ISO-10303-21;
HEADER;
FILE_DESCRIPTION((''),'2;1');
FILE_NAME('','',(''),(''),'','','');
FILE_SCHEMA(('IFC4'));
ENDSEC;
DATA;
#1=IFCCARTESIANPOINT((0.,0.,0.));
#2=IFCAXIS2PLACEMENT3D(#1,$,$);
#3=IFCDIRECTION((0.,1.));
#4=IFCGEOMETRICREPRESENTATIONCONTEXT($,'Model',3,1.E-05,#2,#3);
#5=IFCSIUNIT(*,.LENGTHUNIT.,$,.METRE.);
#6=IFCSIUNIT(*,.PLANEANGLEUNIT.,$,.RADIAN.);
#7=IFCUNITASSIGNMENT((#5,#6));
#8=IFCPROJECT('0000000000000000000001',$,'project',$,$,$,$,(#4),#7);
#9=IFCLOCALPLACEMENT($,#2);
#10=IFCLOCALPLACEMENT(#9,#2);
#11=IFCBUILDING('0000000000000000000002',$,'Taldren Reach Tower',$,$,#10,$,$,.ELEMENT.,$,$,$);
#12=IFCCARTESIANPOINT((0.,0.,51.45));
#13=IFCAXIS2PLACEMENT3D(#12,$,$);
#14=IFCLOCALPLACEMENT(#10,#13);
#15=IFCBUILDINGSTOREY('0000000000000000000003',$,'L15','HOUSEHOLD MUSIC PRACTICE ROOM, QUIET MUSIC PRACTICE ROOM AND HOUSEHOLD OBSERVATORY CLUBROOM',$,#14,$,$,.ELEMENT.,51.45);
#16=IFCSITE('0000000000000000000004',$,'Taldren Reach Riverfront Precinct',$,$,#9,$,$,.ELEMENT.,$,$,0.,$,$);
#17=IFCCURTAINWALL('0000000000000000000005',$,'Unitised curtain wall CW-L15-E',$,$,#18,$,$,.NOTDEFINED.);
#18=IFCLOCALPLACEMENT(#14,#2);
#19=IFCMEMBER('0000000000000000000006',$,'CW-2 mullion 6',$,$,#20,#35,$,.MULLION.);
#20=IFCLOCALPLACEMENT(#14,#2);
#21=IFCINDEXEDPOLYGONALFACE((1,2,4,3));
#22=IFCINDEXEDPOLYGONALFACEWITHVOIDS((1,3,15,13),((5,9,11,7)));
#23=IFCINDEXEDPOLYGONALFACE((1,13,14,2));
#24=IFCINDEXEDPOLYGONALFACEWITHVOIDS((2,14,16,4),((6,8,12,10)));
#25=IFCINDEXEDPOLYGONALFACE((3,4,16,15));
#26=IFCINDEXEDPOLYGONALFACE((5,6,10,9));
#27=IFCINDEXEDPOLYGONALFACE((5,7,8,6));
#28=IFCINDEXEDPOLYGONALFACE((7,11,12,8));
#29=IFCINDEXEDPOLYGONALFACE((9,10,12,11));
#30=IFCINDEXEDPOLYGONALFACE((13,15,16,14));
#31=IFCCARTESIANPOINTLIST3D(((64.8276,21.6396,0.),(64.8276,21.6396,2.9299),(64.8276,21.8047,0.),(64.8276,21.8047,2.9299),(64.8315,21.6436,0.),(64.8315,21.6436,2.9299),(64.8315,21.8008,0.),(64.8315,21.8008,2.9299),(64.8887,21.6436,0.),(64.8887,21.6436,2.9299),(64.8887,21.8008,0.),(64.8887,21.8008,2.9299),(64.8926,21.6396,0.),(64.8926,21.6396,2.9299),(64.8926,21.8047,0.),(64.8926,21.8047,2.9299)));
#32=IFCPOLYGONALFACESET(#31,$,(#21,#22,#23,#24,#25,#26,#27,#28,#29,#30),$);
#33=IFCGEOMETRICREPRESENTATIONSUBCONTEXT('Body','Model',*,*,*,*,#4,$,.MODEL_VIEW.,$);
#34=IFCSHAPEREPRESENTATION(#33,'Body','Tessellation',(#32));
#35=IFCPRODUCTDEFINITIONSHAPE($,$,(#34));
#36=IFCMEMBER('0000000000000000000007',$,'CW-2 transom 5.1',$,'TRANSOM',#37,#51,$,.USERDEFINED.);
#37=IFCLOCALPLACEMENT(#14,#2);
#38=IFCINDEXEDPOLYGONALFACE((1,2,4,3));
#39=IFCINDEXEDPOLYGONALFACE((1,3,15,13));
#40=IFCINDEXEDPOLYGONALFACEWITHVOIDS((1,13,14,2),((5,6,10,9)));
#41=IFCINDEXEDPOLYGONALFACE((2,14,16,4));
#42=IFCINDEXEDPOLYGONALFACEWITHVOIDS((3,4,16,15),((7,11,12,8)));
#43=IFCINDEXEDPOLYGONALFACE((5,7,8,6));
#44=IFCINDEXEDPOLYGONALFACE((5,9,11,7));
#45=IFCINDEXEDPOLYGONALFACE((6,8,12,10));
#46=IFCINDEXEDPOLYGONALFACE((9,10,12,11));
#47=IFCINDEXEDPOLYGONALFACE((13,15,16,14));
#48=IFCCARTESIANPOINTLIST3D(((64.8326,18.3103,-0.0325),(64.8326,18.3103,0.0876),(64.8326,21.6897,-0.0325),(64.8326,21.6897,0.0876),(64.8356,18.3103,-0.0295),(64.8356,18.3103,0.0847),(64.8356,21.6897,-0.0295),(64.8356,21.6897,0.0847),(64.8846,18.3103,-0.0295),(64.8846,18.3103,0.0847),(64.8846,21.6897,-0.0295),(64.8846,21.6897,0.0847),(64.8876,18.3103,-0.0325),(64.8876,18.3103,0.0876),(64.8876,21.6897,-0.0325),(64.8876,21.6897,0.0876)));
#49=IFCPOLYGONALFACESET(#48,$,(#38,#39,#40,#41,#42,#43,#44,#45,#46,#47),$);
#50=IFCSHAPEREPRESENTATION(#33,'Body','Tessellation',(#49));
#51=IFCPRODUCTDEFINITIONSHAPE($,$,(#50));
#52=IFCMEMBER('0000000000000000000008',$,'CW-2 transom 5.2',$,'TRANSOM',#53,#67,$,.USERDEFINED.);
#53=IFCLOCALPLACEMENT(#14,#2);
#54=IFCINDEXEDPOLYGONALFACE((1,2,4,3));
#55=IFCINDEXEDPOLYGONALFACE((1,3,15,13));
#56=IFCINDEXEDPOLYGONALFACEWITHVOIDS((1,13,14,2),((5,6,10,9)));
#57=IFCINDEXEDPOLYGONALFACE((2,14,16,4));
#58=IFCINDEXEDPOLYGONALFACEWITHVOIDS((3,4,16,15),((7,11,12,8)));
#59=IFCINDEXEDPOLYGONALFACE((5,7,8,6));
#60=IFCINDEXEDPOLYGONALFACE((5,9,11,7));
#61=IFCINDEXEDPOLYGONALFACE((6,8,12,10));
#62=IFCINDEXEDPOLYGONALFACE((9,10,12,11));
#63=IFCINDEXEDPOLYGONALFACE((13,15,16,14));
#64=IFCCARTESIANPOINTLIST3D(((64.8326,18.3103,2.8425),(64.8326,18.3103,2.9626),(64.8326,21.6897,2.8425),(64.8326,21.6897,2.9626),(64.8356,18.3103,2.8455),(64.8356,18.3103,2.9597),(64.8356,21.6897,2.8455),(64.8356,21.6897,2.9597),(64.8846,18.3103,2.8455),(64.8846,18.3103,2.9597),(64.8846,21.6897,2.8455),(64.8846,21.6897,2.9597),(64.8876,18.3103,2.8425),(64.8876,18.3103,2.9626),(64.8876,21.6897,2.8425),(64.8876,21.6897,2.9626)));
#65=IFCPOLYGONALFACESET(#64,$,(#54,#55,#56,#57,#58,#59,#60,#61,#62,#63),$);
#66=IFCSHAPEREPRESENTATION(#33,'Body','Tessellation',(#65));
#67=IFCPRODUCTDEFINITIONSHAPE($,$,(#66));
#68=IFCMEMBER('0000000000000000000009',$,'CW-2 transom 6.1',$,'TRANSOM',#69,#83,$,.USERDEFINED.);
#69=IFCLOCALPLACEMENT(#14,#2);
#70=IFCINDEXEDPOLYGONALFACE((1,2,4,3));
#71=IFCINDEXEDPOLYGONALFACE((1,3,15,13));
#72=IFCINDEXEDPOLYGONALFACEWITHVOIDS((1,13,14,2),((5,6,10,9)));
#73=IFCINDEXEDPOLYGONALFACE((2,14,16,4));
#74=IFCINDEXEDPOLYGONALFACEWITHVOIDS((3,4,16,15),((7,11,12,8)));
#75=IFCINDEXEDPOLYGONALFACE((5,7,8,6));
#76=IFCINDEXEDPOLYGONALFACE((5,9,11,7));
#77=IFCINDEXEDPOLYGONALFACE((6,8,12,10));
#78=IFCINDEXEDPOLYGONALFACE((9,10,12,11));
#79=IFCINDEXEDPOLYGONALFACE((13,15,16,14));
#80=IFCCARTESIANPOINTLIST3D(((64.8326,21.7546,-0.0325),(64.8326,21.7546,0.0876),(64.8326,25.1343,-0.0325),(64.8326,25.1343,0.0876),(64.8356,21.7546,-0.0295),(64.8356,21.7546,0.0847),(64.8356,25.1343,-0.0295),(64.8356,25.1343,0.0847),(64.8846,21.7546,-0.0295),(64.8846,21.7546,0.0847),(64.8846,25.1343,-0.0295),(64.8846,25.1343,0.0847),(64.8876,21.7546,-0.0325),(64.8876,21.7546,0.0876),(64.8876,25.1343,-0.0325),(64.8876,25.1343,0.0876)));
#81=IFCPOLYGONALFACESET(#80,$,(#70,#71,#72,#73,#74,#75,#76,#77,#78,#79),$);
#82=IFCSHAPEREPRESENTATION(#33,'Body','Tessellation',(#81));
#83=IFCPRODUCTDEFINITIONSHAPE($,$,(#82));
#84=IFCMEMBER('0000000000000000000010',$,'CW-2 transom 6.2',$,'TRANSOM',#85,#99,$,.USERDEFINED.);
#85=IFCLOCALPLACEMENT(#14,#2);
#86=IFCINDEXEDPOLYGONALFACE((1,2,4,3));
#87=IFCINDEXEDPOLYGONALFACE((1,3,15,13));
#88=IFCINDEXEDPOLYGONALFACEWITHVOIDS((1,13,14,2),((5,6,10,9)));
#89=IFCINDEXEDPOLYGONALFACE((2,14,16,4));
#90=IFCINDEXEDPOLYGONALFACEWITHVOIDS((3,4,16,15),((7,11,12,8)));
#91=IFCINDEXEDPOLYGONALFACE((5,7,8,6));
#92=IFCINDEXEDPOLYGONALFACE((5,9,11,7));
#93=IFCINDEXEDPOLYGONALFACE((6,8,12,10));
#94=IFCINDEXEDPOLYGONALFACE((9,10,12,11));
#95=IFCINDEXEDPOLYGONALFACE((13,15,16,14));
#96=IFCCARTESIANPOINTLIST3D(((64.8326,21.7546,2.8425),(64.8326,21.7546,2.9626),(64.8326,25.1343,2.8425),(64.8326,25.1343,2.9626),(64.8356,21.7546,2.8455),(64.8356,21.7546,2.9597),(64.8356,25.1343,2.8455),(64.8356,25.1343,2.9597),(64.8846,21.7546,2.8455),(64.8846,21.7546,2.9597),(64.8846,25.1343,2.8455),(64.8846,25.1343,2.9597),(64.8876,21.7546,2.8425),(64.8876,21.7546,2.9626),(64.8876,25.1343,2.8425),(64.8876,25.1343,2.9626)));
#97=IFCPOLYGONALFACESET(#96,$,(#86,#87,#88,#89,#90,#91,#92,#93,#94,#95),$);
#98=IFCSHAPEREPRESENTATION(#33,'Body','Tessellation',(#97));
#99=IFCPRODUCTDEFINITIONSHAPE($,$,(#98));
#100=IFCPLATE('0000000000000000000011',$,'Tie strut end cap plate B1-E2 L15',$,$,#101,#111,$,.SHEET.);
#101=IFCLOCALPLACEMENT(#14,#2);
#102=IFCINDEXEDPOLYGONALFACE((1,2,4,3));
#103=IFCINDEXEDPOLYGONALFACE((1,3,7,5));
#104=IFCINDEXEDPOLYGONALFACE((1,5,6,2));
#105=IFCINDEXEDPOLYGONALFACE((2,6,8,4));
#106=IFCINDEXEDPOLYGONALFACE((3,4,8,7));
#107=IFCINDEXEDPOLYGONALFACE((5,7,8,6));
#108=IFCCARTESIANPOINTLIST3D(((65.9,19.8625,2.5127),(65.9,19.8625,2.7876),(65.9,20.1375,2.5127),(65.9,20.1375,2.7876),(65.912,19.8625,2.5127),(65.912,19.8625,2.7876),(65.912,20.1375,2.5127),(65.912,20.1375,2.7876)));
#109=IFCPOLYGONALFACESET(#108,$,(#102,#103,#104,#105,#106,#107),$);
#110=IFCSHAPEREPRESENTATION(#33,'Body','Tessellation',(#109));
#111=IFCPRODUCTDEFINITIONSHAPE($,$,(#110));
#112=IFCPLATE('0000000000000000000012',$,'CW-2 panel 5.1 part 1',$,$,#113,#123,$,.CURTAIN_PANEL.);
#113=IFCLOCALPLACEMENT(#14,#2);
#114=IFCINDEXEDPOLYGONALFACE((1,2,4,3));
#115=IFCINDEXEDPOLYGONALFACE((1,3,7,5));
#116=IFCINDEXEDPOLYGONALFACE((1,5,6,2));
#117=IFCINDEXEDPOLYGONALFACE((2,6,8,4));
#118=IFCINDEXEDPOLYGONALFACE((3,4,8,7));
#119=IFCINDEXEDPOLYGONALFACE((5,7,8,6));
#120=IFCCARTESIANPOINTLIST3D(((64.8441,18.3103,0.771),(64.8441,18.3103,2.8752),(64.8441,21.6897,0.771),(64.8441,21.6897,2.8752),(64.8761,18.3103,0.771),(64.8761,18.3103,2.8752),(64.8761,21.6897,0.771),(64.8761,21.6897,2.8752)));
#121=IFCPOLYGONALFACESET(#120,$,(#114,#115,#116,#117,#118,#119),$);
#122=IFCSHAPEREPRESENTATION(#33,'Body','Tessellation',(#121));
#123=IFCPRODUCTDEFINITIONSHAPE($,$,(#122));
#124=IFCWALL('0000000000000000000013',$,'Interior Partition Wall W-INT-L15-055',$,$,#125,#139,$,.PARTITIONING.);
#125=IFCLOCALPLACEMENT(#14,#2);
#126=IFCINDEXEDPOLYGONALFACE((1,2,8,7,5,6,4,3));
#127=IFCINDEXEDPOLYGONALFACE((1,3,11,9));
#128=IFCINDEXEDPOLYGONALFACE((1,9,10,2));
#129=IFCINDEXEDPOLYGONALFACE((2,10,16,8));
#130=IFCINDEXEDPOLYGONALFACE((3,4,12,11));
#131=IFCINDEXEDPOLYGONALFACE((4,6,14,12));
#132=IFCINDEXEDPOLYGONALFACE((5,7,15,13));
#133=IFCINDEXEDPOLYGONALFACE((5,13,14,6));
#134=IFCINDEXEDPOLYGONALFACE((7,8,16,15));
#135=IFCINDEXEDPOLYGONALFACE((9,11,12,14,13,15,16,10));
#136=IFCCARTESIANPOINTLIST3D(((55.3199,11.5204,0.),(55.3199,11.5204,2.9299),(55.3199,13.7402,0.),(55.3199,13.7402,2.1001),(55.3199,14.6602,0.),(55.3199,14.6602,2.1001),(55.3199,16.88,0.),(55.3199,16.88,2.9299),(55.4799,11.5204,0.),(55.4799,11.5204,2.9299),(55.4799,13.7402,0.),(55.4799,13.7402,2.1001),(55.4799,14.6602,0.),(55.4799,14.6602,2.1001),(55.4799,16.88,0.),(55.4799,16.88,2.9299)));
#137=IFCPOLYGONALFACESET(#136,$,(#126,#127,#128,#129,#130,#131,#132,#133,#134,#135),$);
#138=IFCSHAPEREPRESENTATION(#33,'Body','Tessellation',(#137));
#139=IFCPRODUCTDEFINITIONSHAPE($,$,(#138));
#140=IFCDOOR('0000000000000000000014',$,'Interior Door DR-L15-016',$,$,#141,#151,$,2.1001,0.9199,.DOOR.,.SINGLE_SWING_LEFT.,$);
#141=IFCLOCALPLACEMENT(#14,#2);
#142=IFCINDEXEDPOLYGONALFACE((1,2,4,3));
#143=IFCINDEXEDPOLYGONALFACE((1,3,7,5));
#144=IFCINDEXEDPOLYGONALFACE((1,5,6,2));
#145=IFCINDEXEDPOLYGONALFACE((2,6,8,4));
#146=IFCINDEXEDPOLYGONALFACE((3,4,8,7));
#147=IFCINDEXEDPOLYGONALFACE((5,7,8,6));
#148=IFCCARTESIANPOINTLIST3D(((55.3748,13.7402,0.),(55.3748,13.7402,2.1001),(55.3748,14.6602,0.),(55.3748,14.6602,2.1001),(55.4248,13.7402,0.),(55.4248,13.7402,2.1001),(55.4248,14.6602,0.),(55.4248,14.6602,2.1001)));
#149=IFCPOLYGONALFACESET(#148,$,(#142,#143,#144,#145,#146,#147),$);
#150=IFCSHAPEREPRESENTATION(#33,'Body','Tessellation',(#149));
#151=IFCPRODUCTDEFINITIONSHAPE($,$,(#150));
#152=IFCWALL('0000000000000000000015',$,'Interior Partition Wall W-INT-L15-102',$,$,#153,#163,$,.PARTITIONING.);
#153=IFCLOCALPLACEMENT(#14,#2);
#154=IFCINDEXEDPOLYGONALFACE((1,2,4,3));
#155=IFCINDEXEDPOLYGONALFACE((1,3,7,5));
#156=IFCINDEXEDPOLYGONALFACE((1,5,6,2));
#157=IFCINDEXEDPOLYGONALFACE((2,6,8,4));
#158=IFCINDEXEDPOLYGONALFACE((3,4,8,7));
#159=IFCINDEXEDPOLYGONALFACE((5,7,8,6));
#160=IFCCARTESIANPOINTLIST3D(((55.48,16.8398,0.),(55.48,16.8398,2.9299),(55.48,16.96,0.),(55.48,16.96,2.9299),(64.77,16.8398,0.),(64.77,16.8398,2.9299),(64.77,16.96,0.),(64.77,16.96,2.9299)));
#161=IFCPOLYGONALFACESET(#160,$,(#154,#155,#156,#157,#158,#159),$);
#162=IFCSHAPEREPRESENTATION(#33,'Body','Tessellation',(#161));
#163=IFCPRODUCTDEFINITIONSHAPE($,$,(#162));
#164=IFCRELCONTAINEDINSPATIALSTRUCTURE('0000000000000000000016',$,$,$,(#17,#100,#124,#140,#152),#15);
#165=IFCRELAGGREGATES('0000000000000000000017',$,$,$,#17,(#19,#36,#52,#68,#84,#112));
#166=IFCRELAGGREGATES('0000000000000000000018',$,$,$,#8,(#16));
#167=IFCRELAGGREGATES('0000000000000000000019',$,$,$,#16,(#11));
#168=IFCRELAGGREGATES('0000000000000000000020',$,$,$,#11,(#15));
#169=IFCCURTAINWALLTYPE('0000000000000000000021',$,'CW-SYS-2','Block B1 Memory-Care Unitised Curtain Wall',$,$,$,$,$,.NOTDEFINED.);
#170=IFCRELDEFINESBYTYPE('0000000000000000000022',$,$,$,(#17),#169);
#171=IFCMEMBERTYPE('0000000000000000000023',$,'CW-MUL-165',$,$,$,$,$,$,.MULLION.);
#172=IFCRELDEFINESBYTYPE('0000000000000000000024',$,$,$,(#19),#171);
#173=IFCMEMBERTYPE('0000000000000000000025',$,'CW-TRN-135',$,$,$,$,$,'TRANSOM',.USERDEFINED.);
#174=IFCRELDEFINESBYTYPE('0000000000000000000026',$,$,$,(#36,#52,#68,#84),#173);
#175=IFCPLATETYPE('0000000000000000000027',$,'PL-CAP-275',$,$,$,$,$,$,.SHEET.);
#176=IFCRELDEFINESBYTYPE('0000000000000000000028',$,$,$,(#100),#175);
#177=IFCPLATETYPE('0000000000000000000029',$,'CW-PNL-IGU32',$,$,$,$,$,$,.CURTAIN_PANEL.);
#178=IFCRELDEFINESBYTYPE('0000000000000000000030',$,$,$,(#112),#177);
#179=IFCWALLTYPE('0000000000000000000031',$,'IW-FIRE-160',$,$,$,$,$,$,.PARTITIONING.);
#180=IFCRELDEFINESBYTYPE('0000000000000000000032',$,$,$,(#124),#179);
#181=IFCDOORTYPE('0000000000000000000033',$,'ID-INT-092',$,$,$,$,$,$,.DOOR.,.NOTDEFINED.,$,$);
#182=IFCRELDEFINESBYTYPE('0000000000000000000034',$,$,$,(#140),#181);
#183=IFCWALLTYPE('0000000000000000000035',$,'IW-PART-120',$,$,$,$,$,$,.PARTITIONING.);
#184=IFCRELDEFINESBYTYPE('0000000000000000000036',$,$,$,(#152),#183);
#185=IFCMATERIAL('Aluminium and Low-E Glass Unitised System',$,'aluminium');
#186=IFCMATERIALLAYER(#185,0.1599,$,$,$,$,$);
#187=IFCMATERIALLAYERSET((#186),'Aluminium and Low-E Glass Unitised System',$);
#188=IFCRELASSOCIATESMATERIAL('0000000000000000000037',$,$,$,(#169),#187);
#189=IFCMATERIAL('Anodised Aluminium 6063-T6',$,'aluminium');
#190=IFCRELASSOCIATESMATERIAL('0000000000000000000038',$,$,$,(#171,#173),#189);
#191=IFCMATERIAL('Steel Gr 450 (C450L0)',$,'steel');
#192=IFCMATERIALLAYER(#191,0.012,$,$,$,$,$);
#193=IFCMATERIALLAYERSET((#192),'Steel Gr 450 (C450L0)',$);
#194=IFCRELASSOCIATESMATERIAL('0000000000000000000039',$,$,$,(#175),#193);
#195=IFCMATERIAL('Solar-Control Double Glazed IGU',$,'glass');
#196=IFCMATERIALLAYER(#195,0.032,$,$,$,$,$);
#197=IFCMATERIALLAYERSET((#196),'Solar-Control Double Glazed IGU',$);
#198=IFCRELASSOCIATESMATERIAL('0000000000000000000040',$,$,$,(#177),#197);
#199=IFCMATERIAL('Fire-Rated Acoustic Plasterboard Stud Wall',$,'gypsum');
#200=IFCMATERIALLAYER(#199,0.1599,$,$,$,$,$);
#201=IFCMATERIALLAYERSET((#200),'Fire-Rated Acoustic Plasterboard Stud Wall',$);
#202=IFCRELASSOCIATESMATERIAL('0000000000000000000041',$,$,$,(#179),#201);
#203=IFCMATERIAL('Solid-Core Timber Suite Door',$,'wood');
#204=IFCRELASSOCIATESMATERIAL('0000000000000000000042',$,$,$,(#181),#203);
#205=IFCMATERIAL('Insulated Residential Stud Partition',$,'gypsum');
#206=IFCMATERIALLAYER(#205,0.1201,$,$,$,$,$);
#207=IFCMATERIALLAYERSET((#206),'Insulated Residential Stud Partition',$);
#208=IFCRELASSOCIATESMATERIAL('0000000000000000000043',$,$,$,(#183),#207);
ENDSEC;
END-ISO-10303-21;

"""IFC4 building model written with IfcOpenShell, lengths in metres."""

from ifc_helpers import new_model, si_unit, direction, frame, frame_2d, origin, origin_2d, place, context, subcontext, project, spatial, rectangle, hollow_rectangle, extrude, source, transform, mapped, material, layer, layer_set, material_profile, profile_set, type_object, element, fill, aggregate, save


model = new_model("IFC4")

# Units and contexts
model_context = context("Model", 3, precision=1e-05, world=origin(), true_north=direction((0.0, 1.0)))
body_context = subcontext(model_context, "Body", "Model", "MODEL_VIEW")
ifc_project = project(units=[si_unit("LENGTHUNIT", "METRE"), si_unit("PLANEANGLEUNIT", "RADIAN")], contexts=[model_context])

# Site, building, storey
site_placement = place(None, origin())
site = spatial("IfcSite", under=ifc_project, at=site_placement, Name="Taldren Reach Riverfront Precinct", CompositionType="ELEMENT", RefElevation=0.0)
building_placement = place(site_placement, origin())
building = spatial("IfcBuilding", under=site, at=building_placement, Name="Taldren Reach Tower", CompositionType="ELEMENT")
storey_placement = place(building_placement, frame((0.0, 0.0, 51.45)))
storey = spatial("IfcBuildingStorey", under=building, at=storey_placement, Name="L15", Description="HOUSEHOLD MUSIC PRACTICE ROOM, QUIET MUSIC PRACTICE ROOM AND HOUSEHOLD OBSERVATORY CLUBROOM", CompositionType="ELEMENT", Elevation=51.45)

# Shared definitions
ifc_material_1 = material(Name="Steel Gr 450 (C450L0)", Category="steel")

# Curtain wall, members
ifc_material_2 = material(Name="Aluminium and Low-E Glass Unitised System", Category="aluminium")
ifc_layer_1 = layer(ifc_material_2, 0.1599)
ifc_layer_set_1 = layer_set([ifc_layer_1], Name="Aluminium and Low-E Glass Unitised System")
curtain_wall_type = type_object("IfcCurtainWallType", Name="CW-SYS-2", Description="Block B1 Memory-Care Unitised Curtain Wall", PredefinedType="NOTDEFINED", material=ifc_layer_set_1)
curtain_wall_placement = place(storey_placement, origin())
curtain_wall = element("IfcCurtainWall", 1, at=curtain_wall_placement, inside=storey, type_object=curtain_wall_type, Name="Unitised curtain wall CW-L15-E", PredefinedType="NOTDEFINED")
ifc_material_3 = material(Name="Anodised Aluminium 6063-T6", Category="aluminium")
ifc_material_profile_1 = material_profile(ifc_material_3, hollow_rectangle(XDim=0.0649, YDim=0.165, WallThickness=0.0039, at=origin_2d()), Name="ALU-165x65x4RHS")
ifc_profile_set_1 = profile_set([ifc_material_profile_1], Name="Anodised Aluminium 6063-T6")
member_type_1 = type_object("IfcMemberType", Name="CW-MUL-165", PredefinedType="MULLION", material=ifc_profile_set_1)
shared_shape_1 = source(origin(), body_context, "Body", "SweptSolid", [
    extrude(hollow_rectangle(XDim=0.0649, YDim=0.165, WallThickness=0.0039, at=origin_2d()), origin(), (0.0, 0.0, 1.0), 2.9299),
])
member_1_placement = place(storey_placement, frame((64.8601, 21.7222, 0.0), z_axis=(0.0, 0.0, 1.0), x_axis=(-1.0, 0.0, 0.0)))
member_1 = element("IfcMember", 2, at=member_1_placement, type_object=member_type_1, Name="CW-2 mullion 6", PredefinedType="MULLION", context=body_context, shape_type="MappedRepresentation", body=[
    mapped(shared_shape_1, transform((0.0, 0.0, 0.0), scale=1.0)),
])
ifc_material_profile_2 = material_profile(ifc_material_3, hollow_rectangle(XDim=0.0549, YDim=0.1201, WallThickness=0.0029, at=origin_2d()), Name="ALU-120x55x3RHS")
ifc_profile_set_2 = profile_set([ifc_material_profile_2], Name="Anodised Aluminium 6063-T6")
member_type_2 = type_object("IfcMemberType", Name="CW-TRN-135", ElementType="TRANSOM", PredefinedType="USERDEFINED", material=ifc_profile_set_2)
shared_shape_2 = source(origin(), body_context, "Body", "SweptSolid", [
    extrude(hollow_rectangle(XDim=0.0549, YDim=0.1201, WallThickness=0.0029, at=origin_2d()), origin(), (0.0, 0.0, 1.0), 3.3794),
])
member_2_placement = place(storey_placement, frame((64.8601, 18.3103, 0.0276), z_axis=(0.0, 1.0, 0.0), x_axis=(-1.0, 0.0, 0.0)))
member_2 = element("IfcMember", 3, at=member_2_placement, type_object=member_type_2, Name="CW-2 transom 5.1", ObjectType="TRANSOM", PredefinedType="USERDEFINED", context=body_context, shape_type="MappedRepresentation", body=[
    mapped(shared_shape_2, transform((0.0, 0.0, 0.0), scale=1.0)),
])
member_3_placement = place(storey_placement, frame((64.8601, 18.3103, 2.9026), z_axis=(0.0, 1.0, 0.0), x_axis=(-1.0, 0.0, 0.0)))
member_3 = element("IfcMember", 4, at=member_3_placement, type_object=member_type_2, Name="CW-2 transom 5.2", ObjectType="TRANSOM", PredefinedType="USERDEFINED", context=body_context, shape_type="MappedRepresentation", body=[
    mapped(shared_shape_2, transform((0.0, 0.0, 0.0), scale=1.0)),
])
shared_shape_3 = source(origin(), body_context, "Body", "SweptSolid", [
    extrude(hollow_rectangle(XDim=0.0549, YDim=0.1201, WallThickness=0.0029, at=origin_2d()), origin(), (0.0, 0.0, 1.0), 3.3796),
])
member_4_placement = place(storey_placement, frame((64.8601, 21.7546, 0.0276), z_axis=(0.0, 1.0, 0.0), x_axis=(-1.0, 0.0, 0.0)))
member_4 = element("IfcMember", 5, at=member_4_placement, type_object=member_type_2, Name="CW-2 transom 6.1", ObjectType="TRANSOM", PredefinedType="USERDEFINED", context=body_context, shape_type="MappedRepresentation", body=[
    mapped(shared_shape_3, transform((0.0, 0.0, 0.0), scale=1.0)),
])
member_5_placement = place(storey_placement, frame((64.8601, 21.7546, 2.9026), z_axis=(0.0, 1.0, 0.0), x_axis=(-1.0, 0.0, 0.0)))
member_5 = element("IfcMember", 6, at=member_5_placement, type_object=member_type_2, Name="CW-2 transom 6.2", ObjectType="TRANSOM", PredefinedType="USERDEFINED", context=body_context, shape_type="MappedRepresentation", body=[
    mapped(shared_shape_3, transform((0.0, 0.0, 0.0), scale=1.0)),
])

# Plates
ifc_layer_2 = layer(ifc_material_1, 0.012)
ifc_layer_set_2 = layer_set([ifc_layer_2], Name="Steel Gr 450 (C450L0)")
plate_type_1 = type_object("IfcPlateType", Name="PL-CAP-275", PredefinedType="SHEET", material=ifc_layer_set_2)
shared_shape_4 = source(origin(), body_context, "Body", "SweptSolid", [
    extrude(rectangle(XDim=0.012, YDim=0.2749, at=origin_2d()), origin(), (0.0, 0.0, 1.0), 0.2749),
])
plate_1_placement = place(storey_placement, frame((65.906, 20.0, 2.5127), z_axis=(0.0, 0.0, 1.0), x_axis=(1.0, 0.0, 0.0)))
element("IfcPlate", 7, at=plate_1_placement, inside=storey, type_object=plate_type_1, Name="Tie strut end cap plate B1-E2 L15", PredefinedType="SHEET", context=body_context, shape_type="MappedRepresentation", body=[
    mapped(shared_shape_4, transform((0.0, 0.0, 0.0), scale=1.0)),
])
ifc_material_4 = material(Name="Solar-Control Double Glazed IGU", Category="glass")
ifc_layer_3 = layer(ifc_material_4, 0.032)
ifc_layer_set_3 = layer_set([ifc_layer_3], Name="Solar-Control Double Glazed IGU")
plate_type_2 = type_object("IfcPlateType", Name="CW-PNL-IGU32", PredefinedType="CURTAIN_PANEL", material=ifc_layer_set_3)
shared_shape_5 = source(origin(), body_context, "Body", "SweptSolid", [
    extrude(rectangle(XDim=3.3794, YDim=0.032, at=origin_2d()), origin(), (0.0, 0.0, 1.0), 2.1042),
])
plate_2_placement = place(storey_placement, frame((64.8601, 20.0, 0.771), z_axis=(0.0, 0.0, 1.0), x_axis=(0.0, 1.0, 0.0)))
plate_2 = element("IfcPlate", 8, at=plate_2_placement, type_object=plate_type_2, Name="CW-2 panel 5.1 part 1", PredefinedType="CURTAIN_PANEL", context=body_context, shape_type="MappedRepresentation", body=[
    mapped(shared_shape_5, transform((0.0, 0.0, 0.0), scale=1.0)),
])
aggregate(curtain_wall, [member_1, member_2, member_3, member_4, member_5, plate_2])

# Wall, opening, door
ifc_material_5 = material(Name="Fire-Rated Acoustic Plasterboard Stud Wall", Category="gypsum")
ifc_layer_4 = layer(ifc_material_5, 0.1599)
ifc_layer_set_4 = layer_set([ifc_layer_4], Name="Fire-Rated Acoustic Plasterboard Stud Wall")
wall_type_1 = type_object("IfcWallType", Name="IW-FIRE-160", PredefinedType="PARTITIONING", material=ifc_layer_set_4)
shared_shape_6 = source(origin(), body_context, "Body", "SweptSolid", [
    extrude(rectangle(XDim=5.3596, YDim=0.1599, at=frame_2d((2.6797, 0.0))), origin(), (0.0, 0.0, 1.0), 2.9299),
])
wall_1_placement = place(storey_placement, frame((55.3999, 16.8799, 0.0), z_axis=(0.0, 0.0, 1.0), x_axis=(0.0, -1.0, 0.0)))
wall_1 = element("IfcWall", 9, at=wall_1_placement, inside=storey, type_object=wall_type_1, Name="Interior Partition Wall W-INT-L15-055", PredefinedType="PARTITIONING", context=body_context, shape_type="MappedRepresentation", body=[
    mapped(shared_shape_6, transform((0.0, 0.0, 0.0), scale=1.0)),
])
shared_shape_7 = source(origin(), body_context, "Body", "SweptSolid", [
    extrude(rectangle(XDim=0.9199, YDim=2.1001, at=frame_2d((0.46, 1.05))), frame((0.0, 0.0898, 0.0), z_axis=(0.0, -1.0, 0.0), x_axis=(1.0, 0.0, 0.0)), (0.0, 0.0, 1.0), 0.1799),
])
opening_placement = place(wall_1_placement, frame((2.2197, 0.0, 0.0)))
opening = element("IfcOpeningElement", 10, at=opening_placement, cuts=wall_1, PredefinedType="OPENING", context=body_context, shape_type="MappedRepresentation", body=[
    mapped(shared_shape_7, transform((0.0, 0.0, 0.0), scale=1.0)),
])
ifc_material_6 = material(Name="Solid-Core Timber Suite Door", Category="wood")
door_type = type_object("IfcDoorType", Name="ID-INT-092", OperationType="NOTDEFINED", PredefinedType="DOOR", material=ifc_material_6)
shared_shape_8 = source(origin(), body_context, "Body", "SweptSolid", [
    extrude(rectangle(XDim=0.9199, YDim=2.1001, at=frame_2d((0.46, 1.05))), frame((0.0, 0.0249, 0.0), z_axis=(0.0, -1.0, 0.0), x_axis=(1.0, 0.0, 0.0)), (0.0, 0.0, 1.0), 0.05),
])
door_placement = place(opening_placement, origin())
door = element("IfcDoor", 11, at=door_placement, inside=storey, type_object=door_type, Name="Interior Door DR-L15-016", OperationType="SINGLE_SWING_LEFT", OverallHeight=2.1001, OverallWidth=0.9199, PredefinedType="DOOR", context=body_context, shape_type="MappedRepresentation", body=[
    mapped(shared_shape_8, transform((0.0, 0.0, 0.0), scale=1.0)),
])
fill(opening, door)

# Wall
ifc_material_7 = material(Name="Insulated Residential Stud Partition", Category="gypsum")
ifc_layer_5 = layer(ifc_material_7, 0.1201)
ifc_layer_set_5 = layer_set([ifc_layer_5], Name="Insulated Residential Stud Partition")
wall_type_2 = type_object("IfcWallType", Name="IW-PART-120", PredefinedType="PARTITIONING", material=ifc_layer_set_5)
shared_shape_9 = source(origin(), body_context, "Body", "SweptSolid", [
    extrude(rectangle(XDim=9.29, YDim=0.1201, at=frame_2d((4.645, 0.0))), origin(), (0.0, 0.0, 1.0), 2.9299),
])
wall_2_placement = place(storey_placement, frame((55.48, 16.8999, 0.0), z_axis=(0.0, 0.0, 1.0), x_axis=(1.0, 0.0, 0.0)))
element("IfcWall", 12, at=wall_2_placement, inside=storey, type_object=wall_type_2, Name="Interior Partition Wall W-INT-L15-102", PredefinedType="PARTITIONING", context=body_context, shape_type="MappedRepresentation", body=[
    mapped(shared_shape_9, transform((0.0, 0.0, 0.0), scale=1.0)),
])

save(model, "model.ifc")
